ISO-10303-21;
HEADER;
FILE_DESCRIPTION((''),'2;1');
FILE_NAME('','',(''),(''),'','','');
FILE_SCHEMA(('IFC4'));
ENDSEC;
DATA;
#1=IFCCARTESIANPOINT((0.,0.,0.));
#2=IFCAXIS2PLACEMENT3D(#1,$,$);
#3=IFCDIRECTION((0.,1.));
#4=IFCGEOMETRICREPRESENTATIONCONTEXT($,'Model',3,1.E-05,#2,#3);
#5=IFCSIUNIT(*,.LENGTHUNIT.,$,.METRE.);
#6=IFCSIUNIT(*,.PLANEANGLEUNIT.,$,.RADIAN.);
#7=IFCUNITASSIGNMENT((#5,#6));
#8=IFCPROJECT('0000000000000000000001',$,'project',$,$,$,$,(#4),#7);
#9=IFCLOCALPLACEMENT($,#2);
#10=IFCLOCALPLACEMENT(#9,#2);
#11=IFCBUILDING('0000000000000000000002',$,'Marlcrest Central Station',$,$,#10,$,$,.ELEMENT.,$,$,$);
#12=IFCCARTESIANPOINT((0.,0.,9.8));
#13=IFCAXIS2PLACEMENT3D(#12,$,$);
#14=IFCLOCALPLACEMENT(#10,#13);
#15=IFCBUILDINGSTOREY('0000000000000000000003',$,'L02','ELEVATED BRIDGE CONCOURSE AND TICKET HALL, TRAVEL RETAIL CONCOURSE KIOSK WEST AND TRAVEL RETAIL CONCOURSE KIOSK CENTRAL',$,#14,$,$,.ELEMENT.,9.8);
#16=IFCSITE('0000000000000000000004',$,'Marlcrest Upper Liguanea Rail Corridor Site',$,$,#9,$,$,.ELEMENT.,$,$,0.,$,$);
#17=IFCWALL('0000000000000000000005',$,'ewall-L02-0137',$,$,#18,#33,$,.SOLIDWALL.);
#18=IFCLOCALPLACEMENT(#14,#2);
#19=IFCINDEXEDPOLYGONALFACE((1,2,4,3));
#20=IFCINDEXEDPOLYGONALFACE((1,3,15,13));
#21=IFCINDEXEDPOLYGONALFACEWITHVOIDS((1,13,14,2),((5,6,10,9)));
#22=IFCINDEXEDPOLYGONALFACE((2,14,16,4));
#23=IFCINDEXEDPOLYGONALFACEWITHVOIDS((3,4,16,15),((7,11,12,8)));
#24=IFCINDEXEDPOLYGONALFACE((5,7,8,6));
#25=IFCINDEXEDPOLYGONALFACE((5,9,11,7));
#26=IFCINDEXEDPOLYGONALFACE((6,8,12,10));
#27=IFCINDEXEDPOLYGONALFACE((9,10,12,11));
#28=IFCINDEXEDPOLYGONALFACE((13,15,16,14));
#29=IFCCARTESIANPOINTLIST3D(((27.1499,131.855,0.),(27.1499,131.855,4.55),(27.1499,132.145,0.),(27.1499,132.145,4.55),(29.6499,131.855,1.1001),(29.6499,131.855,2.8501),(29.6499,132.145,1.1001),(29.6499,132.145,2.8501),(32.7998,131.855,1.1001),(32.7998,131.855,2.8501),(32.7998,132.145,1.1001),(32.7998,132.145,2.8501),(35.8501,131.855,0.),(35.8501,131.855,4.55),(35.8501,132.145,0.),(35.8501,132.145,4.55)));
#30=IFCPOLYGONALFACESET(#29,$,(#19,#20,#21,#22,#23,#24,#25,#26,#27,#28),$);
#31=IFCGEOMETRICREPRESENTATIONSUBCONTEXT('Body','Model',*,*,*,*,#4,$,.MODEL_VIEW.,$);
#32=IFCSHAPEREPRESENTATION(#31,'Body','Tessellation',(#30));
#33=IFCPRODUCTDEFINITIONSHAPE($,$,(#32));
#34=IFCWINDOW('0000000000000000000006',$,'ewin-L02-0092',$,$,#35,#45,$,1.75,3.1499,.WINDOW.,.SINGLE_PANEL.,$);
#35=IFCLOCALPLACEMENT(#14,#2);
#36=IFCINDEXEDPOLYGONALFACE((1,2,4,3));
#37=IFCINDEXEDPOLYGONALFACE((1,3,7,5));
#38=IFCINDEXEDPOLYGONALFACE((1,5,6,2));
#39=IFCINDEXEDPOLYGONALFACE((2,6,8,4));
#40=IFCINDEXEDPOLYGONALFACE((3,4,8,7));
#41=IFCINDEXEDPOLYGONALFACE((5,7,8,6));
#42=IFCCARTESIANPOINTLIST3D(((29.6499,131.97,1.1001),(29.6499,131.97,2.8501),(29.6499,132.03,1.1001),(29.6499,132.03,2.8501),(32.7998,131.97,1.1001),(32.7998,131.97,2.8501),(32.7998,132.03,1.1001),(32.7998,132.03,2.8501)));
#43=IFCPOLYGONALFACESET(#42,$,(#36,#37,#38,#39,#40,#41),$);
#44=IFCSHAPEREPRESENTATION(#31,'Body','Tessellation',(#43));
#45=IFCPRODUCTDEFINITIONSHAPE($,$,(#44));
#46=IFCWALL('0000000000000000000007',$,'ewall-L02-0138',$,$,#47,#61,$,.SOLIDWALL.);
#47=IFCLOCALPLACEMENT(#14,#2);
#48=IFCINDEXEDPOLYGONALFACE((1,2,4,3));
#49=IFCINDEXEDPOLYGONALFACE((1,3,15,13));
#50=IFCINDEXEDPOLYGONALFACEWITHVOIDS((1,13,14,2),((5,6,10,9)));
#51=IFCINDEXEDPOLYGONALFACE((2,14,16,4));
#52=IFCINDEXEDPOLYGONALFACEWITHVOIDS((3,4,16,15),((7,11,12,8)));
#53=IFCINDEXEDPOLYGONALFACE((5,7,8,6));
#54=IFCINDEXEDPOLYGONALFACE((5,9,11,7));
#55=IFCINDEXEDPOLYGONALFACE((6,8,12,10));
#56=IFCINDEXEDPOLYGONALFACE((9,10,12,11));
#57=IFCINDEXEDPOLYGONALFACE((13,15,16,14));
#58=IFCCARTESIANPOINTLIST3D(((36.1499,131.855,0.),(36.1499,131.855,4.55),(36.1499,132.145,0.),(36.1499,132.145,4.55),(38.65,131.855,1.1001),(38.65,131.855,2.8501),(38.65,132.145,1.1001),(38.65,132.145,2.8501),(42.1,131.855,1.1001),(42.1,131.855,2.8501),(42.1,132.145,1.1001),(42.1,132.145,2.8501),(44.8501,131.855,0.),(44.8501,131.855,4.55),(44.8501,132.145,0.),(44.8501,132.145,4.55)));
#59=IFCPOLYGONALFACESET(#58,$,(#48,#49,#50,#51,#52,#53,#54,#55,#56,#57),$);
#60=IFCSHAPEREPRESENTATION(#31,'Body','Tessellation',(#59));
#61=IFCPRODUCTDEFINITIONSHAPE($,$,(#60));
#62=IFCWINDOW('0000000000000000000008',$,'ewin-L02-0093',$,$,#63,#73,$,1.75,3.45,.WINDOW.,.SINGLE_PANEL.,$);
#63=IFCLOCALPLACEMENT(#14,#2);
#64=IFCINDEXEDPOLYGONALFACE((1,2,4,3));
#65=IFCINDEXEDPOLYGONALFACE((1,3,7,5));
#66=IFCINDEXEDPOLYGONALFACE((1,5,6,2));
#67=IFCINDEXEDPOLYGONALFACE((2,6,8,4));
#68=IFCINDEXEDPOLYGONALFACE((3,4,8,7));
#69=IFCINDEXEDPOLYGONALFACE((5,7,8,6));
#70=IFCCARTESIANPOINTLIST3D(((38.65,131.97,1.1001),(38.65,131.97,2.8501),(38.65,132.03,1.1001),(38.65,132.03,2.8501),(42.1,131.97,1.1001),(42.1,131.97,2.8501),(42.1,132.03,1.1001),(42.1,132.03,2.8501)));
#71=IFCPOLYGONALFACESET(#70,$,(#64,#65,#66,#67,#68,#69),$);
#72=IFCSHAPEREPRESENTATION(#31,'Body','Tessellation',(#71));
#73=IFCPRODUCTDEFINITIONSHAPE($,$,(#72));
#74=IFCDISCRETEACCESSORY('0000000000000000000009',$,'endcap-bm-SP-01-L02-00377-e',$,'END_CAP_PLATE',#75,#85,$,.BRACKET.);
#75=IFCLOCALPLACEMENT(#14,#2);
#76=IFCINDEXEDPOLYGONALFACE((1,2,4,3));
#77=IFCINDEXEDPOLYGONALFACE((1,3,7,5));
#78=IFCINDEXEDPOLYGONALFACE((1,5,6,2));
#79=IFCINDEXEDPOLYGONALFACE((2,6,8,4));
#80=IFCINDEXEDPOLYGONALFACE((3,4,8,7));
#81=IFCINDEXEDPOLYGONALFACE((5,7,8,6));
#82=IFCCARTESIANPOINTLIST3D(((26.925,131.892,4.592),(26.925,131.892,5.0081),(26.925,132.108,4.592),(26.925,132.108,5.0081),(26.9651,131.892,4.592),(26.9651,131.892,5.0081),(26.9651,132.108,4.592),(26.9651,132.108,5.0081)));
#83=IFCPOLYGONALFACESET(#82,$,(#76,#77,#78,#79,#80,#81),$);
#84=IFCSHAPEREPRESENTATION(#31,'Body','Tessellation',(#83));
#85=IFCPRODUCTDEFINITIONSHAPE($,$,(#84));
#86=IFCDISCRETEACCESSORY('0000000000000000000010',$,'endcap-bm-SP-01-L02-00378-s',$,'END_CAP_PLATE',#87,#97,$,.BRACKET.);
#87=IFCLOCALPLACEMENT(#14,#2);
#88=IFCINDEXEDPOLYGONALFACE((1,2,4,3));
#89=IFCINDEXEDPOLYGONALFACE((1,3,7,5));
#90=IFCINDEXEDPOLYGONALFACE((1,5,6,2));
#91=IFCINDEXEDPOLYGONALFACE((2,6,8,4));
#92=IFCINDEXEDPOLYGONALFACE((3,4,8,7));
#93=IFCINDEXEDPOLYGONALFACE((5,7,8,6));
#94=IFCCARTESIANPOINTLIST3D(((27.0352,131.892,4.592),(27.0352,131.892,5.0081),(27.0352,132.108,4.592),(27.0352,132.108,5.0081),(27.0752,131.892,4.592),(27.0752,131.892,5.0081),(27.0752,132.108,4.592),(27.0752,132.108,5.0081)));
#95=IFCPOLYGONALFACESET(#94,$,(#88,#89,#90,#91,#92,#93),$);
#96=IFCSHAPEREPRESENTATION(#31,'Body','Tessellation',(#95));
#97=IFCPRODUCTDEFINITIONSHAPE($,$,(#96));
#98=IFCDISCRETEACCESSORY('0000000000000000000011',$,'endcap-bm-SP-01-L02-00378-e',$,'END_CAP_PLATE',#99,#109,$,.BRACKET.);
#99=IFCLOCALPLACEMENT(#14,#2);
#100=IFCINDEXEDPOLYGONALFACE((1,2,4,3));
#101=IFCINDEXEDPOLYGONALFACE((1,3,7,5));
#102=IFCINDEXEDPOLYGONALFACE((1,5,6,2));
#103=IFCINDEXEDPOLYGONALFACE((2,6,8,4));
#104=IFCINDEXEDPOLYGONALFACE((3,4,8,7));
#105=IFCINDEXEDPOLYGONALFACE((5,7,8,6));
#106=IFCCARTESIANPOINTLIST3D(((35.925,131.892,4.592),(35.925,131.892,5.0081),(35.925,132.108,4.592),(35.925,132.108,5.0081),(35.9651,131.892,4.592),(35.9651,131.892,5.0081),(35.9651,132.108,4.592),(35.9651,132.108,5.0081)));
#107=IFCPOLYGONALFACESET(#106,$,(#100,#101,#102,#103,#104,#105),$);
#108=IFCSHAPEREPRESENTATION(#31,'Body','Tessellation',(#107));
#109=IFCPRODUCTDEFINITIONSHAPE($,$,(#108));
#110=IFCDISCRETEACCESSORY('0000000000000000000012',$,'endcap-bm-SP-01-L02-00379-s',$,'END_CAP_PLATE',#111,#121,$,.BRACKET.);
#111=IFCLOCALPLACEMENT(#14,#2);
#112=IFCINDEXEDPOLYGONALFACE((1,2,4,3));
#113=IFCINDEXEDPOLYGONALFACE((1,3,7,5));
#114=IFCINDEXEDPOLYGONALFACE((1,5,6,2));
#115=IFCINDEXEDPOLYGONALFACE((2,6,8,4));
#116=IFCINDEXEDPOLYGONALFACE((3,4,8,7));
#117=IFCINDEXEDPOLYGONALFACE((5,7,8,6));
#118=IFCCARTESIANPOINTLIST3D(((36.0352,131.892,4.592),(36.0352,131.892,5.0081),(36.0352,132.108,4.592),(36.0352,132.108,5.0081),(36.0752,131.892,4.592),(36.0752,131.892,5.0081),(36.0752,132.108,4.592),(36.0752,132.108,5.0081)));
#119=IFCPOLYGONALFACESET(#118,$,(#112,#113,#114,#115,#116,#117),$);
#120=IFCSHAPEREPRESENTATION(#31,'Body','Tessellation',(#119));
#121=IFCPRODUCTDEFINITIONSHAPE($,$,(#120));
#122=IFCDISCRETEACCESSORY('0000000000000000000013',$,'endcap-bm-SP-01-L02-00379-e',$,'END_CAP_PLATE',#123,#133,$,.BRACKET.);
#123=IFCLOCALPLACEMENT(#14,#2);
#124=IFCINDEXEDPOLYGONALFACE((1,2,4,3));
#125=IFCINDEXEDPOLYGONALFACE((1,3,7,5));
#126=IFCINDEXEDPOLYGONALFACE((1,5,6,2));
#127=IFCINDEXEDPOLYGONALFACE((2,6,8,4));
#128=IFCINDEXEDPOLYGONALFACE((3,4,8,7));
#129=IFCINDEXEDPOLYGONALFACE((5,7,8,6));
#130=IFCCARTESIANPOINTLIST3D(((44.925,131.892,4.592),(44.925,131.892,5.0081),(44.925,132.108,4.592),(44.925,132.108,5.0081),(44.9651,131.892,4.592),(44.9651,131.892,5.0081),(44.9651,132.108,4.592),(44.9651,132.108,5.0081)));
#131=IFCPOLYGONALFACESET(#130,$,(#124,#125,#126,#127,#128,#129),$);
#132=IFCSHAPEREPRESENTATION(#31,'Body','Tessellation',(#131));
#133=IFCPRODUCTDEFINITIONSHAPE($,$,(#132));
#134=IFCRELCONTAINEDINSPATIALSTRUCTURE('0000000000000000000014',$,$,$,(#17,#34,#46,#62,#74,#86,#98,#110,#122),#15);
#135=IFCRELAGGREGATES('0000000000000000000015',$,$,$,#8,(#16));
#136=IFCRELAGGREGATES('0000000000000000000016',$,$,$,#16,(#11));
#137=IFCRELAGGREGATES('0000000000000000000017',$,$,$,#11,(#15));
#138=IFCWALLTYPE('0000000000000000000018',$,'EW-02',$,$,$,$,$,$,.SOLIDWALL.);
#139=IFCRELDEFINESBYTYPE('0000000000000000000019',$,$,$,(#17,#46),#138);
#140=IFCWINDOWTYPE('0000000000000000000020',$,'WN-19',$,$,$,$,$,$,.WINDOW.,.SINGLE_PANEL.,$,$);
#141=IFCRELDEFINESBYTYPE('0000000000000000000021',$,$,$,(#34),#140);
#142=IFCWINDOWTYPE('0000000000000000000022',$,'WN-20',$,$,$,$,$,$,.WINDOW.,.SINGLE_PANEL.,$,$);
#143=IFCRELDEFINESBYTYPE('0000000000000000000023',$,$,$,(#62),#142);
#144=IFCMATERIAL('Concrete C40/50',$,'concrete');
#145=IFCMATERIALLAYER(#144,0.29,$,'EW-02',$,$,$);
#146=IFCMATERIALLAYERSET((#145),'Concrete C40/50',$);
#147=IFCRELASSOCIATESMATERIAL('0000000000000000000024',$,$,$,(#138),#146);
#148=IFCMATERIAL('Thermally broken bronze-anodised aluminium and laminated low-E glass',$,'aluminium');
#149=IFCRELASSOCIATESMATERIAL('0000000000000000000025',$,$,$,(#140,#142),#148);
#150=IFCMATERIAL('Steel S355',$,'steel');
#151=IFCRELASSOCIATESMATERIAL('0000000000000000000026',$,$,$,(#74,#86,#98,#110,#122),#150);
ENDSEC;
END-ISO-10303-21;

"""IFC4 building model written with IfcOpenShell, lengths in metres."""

from ifc_helpers import new_model, si_unit, direction, frame, frame_2d, origin, origin_2d, place, context, subcontext, project, spatial, rectangle, extrude, material, layer, layer_set, type_object, element, fill, save


model = new_model("IFC4")

# Units and contexts
model_context = context("Model", 3, precision=1e-05, world=origin(), true_north=direction((0.0, 1.0)))
body_context = subcontext(model_context, "Body", "Model", "MODEL_VIEW")
ifc_project = project(units=[si_unit("LENGTHUNIT", "METRE"), si_unit("PLANEANGLEUNIT", "RADIAN")], contexts=[model_context])

# Site, building, storey
site_placement = place(None, origin())
site = spatial("IfcSite", under=ifc_project, at=site_placement, Name="Marlcrest Upper Liguanea Rail Corridor Site", CompositionType="ELEMENT", RefElevation=0.0)
building_placement = place(site_placement, origin())
building = spatial("IfcBuilding", under=site, at=building_placement, Name="Marlcrest Central Station", CompositionType="ELEMENT")
storey_placement = place(building_placement, frame((0.0, 0.0, 9.8)))
storey = spatial("IfcBuildingStorey", under=building, at=storey_placement, Name="L02", Description="ELEVATED BRIDGE CONCOURSE AND TICKET HALL, TRAVEL RETAIL CONCOURSE KIOSK WEST AND TRAVEL RETAIL CONCOURSE KIOSK CENTRAL", CompositionType="ELEMENT", Elevation=9.8)

# Shared definitions
ifc_material_1 = material(Name="Steel S355", Category="steel")

# Walls, openings, windows
ifc_material_2 = material(Name="Concrete C40/50", Category="concrete")
ifc_layer = layer(ifc_material_2, 0.29, Name="EW-02")
ifc_layer_set = layer_set([ifc_layer], Name="Concrete C40/50")
wall_type = type_object("IfcWallType", Name="EW-02", PredefinedType="SOLIDWALL", material=ifc_layer_set)
wall_1_placement = place(storey_placement, frame((27.1499, 132.0, 0.0), z_axis=(0.0, 0.0, 1.0), x_axis=(1.0, 0.0, 0.0)))
wall_1 = element("IfcWall", 1, at=wall_1_placement, inside=storey, type_object=wall_type, Name="ewall-L02-0137", PredefinedType="SOLIDWALL", context=body_context, shape_type="SweptSolid", body=[
    extrude(rectangle(XDim=8.7002, YDim=0.29, at=frame_2d((4.3501, 0.0))), origin(), (0.0, 0.0, 1.0), 4.55),
])
opening_1_placement = place(wall_1_placement, frame((2.5, 0.0, 1.1001)))
opening_1 = element("IfcOpeningElement", 2, at=opening_1_placement, cuts=wall_1, PredefinedType="OPENING", context=body_context, shape_type="SweptSolid", body=[
    extrude(rectangle(XDim=3.1499, YDim=1.75, at=frame_2d((1.575, 0.875))), frame((0.0, 0.155, 0.0), z_axis=(0.0, -1.0, 0.0), x_axis=(1.0, 0.0, 0.0)), (0.0, 0.0, 1.0), 0.3101),
])
ifc_material_3 = material(Name="Thermally broken bronze-anodised aluminium and laminated low-E glass", Category="aluminium")
window_type_1 = type_object("IfcWindowType", Name="WN-19", PartitioningType="SINGLE_PANEL", PredefinedType="WINDOW", material=ifc_material_3)
window_1_placement = place(opening_1_placement, origin())
window_1 = element("IfcWindow", 3, at=window_1_placement, inside=storey, type_object=window_type_1, Name="ewin-L02-0092", OverallHeight=1.75, OverallWidth=3.1499, PartitioningType="SINGLE_PANEL", PredefinedType="WINDOW", context=body_context, shape_type="SweptSolid", body=[
    extrude(rectangle(XDim=3.1499, YDim=1.75, at=frame_2d((1.575, 0.875))), frame((0.0, 0.03, 0.0), z_axis=(0.0, -1.0, 0.0), x_axis=(1.0, 0.0, 0.0)), (0.0, 0.0, 1.0), 0.0601),
])
fill(opening_1, window_1)
wall_2_placement = place(storey_placement, frame((36.1499, 132.0, 0.0), z_axis=(0.0, 0.0, 1.0), x_axis=(1.0, 0.0, 0.0)))
wall_2 = element("IfcWall", 4, at=wall_2_placement, inside=storey, type_object=wall_type, Name="ewall-L02-0138", PredefinedType="SOLIDWALL", context=body_context, shape_type="SweptSolid", body=[
    extrude(rectangle(XDim=8.7002, YDim=0.29, at=frame_2d((4.3501, 0.0))), origin(), (0.0, 0.0, 1.0), 4.55),
])
opening_2_placement = place(wall_2_placement, frame((2.5, 0.0, 1.1001)))
opening_2 = element("IfcOpeningElement", 5, at=opening_2_placement, cuts=wall_2, PredefinedType="OPENING", context=body_context, shape_type="SweptSolid", body=[
    extrude(rectangle(XDim=3.45, YDim=1.75, at=frame_2d((1.7251, 0.875))), frame((0.0, 0.155, 0.0), z_axis=(0.0, -1.0, 0.0), x_axis=(1.0, 0.0, 0.0)), (0.0, 0.0, 1.0), 0.3101),
])
window_type_2 = type_object("IfcWindowType", Name="WN-20", PartitioningType="SINGLE_PANEL", PredefinedType="WINDOW", material=ifc_material_3)
window_2_placement = place(opening_2_placement, origin())
window_2 = element("IfcWindow", 6, at=window_2_placement, inside=storey, type_object=window_type_2, Name="ewin-L02-0093", OverallHeight=1.75, OverallWidth=3.45, PartitioningType="SINGLE_PANEL", PredefinedType="WINDOW", context=body_context, shape_type="SweptSolid", body=[
    extrude(rectangle(XDim=3.45, YDim=1.75, at=frame_2d((1.7251, 0.875))), frame((0.0, 0.03, 0.0), z_axis=(0.0, -1.0, 0.0), x_axis=(1.0, 0.0, 0.0)), (0.0, 0.0, 1.0), 0.0601),
])
fill(opening_2, window_2)

# Discrete accessories
for number, where, z_axis, x_axis, name in (
    (7, (26.925, 132.0, 4.8), (1.0, 0.0, 0.0), (0.0, 1.0, 0.0), "endcap-bm-SP-01-L02-00377-e"),
    (8, (27.0352, 132.0, 4.8), (1.0, 0.0, 0.0), (0.0, 1.0, 0.0), "endcap-bm-SP-01-L02-00378-s"),
    (9, (35.925, 132.0, 4.8), (1.0, 0.0, 0.0), (0.0, 1.0, 0.0), "endcap-bm-SP-01-L02-00378-e"),
    (10, (36.0352, 132.0, 4.8), (1.0, 0.0, 0.0), (0.0, 1.0, 0.0), "endcap-bm-SP-01-L02-00379-s"),
    (11, (44.925, 132.0, 4.8), (1.0, 0.0, 0.0), (0.0, 1.0, 0.0), "endcap-bm-SP-01-L02-00379-e"),
):
    element("IfcDiscreteAccessory", number, at=place(storey_placement, frame(where, z_axis=z_axis, x_axis=x_axis)), inside=storey, material=ifc_material_1, Name=name, ObjectType="END_CAP_PLATE", PredefinedType="BRACKET", context=body_context, shape_type="SweptSolid", body=[
        extrude(rectangle(XDim=0.2161, YDim=0.416, at=origin_2d()), origin(), (0.0, 0.0, 1.0), 0.04),
    ])

save(model, "model.ifc")
